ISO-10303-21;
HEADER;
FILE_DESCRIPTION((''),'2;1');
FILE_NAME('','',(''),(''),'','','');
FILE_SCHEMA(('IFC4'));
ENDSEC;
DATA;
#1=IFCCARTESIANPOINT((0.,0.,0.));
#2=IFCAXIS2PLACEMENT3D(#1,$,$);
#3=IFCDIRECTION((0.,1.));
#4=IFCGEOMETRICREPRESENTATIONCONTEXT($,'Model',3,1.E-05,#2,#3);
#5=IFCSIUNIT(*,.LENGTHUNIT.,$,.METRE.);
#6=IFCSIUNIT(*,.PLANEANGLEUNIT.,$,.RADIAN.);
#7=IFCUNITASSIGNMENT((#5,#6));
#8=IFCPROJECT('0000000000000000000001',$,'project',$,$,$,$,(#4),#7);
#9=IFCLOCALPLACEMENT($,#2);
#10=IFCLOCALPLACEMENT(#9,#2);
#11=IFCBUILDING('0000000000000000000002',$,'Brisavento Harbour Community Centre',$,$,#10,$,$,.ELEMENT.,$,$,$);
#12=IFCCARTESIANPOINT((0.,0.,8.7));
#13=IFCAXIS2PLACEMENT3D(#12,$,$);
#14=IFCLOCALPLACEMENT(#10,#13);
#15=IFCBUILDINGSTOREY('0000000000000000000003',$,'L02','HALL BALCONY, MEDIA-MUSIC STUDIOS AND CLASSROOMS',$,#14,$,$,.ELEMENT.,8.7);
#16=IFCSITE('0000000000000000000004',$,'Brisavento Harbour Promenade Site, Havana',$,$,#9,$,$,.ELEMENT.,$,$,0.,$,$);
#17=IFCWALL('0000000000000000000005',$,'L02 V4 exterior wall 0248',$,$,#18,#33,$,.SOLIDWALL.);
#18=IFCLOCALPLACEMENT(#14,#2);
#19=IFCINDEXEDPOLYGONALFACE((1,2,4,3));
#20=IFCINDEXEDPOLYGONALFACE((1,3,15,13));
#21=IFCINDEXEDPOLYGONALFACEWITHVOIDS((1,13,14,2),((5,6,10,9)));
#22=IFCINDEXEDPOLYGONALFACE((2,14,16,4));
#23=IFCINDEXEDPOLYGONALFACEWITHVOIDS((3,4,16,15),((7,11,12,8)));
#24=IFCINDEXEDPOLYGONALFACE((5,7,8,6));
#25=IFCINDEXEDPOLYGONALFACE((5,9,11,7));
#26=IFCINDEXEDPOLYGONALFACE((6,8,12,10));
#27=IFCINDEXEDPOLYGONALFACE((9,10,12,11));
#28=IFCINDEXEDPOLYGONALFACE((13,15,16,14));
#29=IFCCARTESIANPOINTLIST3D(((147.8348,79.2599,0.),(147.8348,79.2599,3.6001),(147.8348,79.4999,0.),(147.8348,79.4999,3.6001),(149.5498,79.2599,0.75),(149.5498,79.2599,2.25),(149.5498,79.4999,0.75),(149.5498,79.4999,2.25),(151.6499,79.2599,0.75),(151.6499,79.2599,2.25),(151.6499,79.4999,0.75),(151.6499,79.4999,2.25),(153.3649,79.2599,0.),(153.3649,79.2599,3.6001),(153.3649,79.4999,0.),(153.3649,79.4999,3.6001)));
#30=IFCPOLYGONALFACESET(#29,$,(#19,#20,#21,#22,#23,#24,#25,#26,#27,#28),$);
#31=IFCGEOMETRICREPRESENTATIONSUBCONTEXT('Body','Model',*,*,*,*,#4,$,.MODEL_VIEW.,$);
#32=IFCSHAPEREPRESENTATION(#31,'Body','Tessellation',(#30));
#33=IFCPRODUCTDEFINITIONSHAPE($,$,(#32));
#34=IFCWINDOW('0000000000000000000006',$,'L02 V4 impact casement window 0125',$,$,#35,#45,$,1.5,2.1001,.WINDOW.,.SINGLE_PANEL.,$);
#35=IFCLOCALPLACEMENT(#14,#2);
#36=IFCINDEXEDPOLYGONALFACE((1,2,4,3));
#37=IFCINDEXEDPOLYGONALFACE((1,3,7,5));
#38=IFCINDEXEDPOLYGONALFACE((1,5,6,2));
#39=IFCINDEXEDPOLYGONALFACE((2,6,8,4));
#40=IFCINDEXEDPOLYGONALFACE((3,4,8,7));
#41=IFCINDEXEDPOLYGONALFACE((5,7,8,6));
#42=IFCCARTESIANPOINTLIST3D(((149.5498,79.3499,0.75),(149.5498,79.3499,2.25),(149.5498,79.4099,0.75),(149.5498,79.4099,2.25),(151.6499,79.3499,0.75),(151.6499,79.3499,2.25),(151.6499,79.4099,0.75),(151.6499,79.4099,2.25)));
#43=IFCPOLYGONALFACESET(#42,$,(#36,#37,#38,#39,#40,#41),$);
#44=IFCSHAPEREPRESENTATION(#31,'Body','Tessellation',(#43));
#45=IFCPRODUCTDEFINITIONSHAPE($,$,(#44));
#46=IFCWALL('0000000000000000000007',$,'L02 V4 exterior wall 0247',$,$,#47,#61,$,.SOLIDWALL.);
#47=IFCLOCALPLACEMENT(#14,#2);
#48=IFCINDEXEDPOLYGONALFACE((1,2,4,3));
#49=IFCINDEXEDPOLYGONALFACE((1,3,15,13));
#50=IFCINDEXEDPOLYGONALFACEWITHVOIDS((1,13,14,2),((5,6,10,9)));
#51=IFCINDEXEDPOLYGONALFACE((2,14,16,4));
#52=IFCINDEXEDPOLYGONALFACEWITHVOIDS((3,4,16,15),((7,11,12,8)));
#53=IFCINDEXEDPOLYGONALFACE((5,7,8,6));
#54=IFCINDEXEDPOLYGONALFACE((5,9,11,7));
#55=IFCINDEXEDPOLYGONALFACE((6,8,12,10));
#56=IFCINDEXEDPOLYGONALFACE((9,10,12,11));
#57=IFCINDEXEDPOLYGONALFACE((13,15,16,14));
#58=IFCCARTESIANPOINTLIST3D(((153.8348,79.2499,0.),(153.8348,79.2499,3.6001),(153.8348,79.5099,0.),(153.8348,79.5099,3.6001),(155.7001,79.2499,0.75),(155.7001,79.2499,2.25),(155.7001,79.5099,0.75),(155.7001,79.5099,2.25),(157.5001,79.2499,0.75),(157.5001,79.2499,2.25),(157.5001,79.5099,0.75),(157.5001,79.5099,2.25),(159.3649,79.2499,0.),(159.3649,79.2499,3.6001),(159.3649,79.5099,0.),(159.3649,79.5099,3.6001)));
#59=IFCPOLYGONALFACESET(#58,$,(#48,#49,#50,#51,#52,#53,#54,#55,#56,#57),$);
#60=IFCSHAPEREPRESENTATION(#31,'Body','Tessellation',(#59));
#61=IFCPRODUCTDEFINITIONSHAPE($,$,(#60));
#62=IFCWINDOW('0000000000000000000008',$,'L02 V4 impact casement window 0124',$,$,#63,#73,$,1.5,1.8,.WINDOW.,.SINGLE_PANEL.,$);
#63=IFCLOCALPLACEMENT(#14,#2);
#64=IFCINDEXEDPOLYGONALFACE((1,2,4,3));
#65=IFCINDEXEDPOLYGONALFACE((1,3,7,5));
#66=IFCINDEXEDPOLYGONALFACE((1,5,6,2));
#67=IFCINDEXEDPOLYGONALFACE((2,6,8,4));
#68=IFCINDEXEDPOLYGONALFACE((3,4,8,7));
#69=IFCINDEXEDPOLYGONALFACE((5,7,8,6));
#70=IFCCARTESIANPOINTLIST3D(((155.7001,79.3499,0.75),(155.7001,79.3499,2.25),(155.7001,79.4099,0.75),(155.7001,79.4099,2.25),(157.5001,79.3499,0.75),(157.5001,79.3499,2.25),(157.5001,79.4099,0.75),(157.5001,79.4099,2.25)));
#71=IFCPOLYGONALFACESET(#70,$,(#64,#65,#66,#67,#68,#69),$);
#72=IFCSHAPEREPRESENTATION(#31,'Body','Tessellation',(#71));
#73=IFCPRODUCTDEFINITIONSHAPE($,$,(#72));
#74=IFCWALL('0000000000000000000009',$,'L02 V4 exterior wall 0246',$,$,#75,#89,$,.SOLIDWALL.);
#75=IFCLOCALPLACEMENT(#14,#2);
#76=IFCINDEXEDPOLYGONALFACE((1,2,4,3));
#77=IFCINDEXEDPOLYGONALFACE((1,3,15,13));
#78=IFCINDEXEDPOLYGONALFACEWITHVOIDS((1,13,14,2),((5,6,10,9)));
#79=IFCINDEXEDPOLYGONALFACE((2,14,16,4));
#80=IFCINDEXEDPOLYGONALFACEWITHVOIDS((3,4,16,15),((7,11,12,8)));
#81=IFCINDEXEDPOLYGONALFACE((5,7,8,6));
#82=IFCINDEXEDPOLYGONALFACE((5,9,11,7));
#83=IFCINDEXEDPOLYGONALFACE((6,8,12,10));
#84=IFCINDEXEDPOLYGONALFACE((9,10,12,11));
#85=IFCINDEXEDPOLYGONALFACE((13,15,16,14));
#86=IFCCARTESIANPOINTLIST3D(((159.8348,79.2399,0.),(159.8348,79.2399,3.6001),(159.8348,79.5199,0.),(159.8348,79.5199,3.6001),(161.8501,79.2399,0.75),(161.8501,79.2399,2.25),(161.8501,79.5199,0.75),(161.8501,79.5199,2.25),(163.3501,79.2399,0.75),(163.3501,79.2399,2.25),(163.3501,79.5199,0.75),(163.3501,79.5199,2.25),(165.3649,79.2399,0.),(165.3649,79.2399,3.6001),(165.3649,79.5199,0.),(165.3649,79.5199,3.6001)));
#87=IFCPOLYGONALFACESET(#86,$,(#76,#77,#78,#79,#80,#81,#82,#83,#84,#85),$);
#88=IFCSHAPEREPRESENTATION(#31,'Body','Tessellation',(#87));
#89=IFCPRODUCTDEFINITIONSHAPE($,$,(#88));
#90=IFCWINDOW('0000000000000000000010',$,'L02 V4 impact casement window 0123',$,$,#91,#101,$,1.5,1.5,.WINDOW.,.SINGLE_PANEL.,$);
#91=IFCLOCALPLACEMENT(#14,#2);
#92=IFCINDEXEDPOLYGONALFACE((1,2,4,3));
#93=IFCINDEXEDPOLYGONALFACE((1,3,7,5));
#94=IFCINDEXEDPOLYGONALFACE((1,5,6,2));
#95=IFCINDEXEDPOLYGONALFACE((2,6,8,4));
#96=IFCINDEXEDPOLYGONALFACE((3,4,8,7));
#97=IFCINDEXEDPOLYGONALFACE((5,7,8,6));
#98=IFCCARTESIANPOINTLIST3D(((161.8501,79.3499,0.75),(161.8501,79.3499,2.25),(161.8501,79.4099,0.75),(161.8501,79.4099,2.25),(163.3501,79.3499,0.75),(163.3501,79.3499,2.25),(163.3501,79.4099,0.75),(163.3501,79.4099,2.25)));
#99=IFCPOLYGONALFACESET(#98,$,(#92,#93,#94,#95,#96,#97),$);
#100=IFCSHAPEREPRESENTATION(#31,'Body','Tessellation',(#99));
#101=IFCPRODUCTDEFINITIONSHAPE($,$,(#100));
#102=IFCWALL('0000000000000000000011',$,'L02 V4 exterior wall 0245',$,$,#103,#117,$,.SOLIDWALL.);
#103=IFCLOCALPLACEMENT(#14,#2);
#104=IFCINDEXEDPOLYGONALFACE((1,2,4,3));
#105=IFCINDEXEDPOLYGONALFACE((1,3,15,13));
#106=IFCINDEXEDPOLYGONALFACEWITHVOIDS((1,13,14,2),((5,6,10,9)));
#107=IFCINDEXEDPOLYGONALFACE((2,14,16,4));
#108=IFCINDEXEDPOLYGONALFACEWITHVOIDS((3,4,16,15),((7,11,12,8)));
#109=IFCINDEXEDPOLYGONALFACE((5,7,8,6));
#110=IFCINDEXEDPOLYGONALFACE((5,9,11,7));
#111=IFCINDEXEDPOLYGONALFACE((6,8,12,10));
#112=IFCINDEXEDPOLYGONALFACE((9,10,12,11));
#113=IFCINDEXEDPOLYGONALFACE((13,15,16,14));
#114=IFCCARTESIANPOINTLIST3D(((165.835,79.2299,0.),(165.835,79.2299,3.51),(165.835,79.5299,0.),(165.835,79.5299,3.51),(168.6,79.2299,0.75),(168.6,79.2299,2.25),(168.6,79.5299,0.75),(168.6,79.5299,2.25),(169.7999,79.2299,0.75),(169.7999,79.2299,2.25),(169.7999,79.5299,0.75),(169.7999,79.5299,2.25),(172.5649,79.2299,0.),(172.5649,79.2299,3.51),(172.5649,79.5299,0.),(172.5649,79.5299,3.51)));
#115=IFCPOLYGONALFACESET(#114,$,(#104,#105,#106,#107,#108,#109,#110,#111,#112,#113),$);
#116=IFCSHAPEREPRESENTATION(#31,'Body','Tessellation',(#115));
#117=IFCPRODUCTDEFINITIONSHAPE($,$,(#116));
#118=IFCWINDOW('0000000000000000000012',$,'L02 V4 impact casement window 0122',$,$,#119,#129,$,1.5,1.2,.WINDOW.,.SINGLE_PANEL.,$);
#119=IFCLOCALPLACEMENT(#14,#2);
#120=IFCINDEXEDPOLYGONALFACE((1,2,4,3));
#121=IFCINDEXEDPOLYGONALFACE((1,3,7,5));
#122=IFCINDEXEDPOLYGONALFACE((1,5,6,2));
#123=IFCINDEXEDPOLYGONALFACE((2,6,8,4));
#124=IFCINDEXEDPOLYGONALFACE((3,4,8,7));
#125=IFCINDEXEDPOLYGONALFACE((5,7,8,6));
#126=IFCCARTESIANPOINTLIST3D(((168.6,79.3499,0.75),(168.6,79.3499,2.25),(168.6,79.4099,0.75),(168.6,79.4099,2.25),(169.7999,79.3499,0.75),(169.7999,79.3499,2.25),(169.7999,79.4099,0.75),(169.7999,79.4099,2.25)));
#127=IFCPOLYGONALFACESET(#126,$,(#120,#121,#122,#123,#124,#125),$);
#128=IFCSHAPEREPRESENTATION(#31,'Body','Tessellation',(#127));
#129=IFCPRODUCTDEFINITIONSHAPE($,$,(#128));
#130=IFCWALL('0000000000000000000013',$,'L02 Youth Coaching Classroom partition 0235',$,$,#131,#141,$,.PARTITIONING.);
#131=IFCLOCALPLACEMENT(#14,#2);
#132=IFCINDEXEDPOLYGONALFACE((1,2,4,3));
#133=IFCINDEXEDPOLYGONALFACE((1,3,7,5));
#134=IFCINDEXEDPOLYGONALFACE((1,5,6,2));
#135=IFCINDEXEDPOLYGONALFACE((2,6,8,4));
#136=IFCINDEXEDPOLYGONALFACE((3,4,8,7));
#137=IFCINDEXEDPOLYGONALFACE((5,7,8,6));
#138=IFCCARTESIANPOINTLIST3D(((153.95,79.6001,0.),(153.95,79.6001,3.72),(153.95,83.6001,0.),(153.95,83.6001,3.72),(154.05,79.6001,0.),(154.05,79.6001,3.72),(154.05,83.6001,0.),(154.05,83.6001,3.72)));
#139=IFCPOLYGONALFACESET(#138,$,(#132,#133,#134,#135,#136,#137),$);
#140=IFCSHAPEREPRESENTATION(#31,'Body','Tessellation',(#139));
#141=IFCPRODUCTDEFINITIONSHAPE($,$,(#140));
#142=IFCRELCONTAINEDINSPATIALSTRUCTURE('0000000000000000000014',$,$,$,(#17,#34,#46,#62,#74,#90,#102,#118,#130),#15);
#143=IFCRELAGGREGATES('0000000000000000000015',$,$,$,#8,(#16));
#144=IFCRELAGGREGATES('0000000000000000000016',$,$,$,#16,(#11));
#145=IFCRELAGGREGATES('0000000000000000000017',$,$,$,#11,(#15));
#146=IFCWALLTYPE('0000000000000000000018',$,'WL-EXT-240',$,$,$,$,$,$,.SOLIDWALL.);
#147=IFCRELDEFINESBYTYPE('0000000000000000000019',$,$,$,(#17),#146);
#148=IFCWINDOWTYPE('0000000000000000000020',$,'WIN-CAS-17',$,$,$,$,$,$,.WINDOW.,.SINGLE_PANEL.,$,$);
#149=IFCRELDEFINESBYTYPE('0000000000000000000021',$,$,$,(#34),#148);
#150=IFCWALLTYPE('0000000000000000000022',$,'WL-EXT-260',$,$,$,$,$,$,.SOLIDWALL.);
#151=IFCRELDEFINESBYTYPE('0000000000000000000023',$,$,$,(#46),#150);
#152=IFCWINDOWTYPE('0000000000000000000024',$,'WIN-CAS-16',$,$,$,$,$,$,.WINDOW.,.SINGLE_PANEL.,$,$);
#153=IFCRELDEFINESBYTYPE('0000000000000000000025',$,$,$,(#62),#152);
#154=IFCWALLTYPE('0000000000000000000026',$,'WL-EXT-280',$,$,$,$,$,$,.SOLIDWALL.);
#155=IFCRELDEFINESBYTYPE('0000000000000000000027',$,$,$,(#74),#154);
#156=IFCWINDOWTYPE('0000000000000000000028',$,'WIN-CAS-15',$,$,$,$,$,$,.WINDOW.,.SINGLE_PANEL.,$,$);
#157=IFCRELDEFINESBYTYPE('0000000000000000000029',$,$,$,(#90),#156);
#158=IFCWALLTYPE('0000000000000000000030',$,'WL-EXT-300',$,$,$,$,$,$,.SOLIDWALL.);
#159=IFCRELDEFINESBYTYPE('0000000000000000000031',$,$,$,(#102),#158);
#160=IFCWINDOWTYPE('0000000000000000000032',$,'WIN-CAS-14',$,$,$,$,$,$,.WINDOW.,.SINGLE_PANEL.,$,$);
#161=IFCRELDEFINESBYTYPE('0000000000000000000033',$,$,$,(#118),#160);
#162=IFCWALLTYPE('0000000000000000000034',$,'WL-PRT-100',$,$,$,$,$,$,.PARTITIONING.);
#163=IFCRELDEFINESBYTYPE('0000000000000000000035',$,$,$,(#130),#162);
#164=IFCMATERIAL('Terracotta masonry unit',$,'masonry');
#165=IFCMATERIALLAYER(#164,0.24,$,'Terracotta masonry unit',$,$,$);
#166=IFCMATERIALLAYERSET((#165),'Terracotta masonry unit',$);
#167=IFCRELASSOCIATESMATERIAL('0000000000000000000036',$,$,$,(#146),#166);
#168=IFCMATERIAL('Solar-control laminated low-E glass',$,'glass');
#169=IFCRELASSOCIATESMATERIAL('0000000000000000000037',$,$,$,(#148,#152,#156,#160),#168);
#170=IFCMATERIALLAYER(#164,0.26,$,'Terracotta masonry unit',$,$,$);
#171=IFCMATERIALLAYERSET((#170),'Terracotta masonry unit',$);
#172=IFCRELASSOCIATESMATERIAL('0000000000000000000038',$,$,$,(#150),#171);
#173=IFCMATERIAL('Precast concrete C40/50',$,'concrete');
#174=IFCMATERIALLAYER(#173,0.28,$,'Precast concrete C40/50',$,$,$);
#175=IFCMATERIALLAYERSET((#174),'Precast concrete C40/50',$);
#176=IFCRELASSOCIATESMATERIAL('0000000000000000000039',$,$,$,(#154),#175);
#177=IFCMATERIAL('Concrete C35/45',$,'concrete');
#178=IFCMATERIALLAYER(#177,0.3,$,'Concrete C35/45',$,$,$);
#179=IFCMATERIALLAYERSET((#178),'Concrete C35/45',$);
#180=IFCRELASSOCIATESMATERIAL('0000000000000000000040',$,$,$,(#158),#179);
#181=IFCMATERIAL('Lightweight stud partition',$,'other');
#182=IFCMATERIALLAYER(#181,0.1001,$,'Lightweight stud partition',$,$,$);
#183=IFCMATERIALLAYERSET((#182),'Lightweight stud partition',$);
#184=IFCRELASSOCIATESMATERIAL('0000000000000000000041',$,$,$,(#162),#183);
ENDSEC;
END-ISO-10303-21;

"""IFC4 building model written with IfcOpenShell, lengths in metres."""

from ifc_helpers import new_model, si_unit, direction, frame, frame_2d, origin, place, context, subcontext, project, spatial, rectangle, extrude, material, layer, layer_set, type_object, element, fill, save


model = new_model("IFC4")

# Units and contexts
model_context = context("Model", 3, precision=1e-05, world=origin(), true_north=direction((0.0, 1.0)))
body_context = subcontext(model_context, "Body", "Model", "MODEL_VIEW")
ifc_project = project(units=[si_unit("LENGTHUNIT", "METRE"), si_unit("PLANEANGLEUNIT", "RADIAN")], contexts=[model_context])

# Site, building, storey
site_placement = place(None, origin())
site = spatial("IfcSite", under=ifc_project, at=site_placement, Name="Brisavento Harbour Promenade Site, Havana", CompositionType="ELEMENT", RefElevation=0.0)
building_placement = place(site_placement, origin())
building = spatial("IfcBuilding", under=site, at=building_placement, Name="Brisavento Harbour Community Centre", CompositionType="ELEMENT")
storey_placement = place(building_placement, frame((0.0, 0.0, 8.7)))
storey = spatial("IfcBuildingStorey", under=building, at=storey_placement, Name="L02", Description="HALL BALCONY, MEDIA-MUSIC STUDIOS AND CLASSROOMS", CompositionType="ELEMENT", Elevation=8.7)

# Shared definitions
ifc_material_1 = material(Name="Concrete C35/45", Category="concrete")

# Walls, openings, windows
ifc_material_2 = material(Name="Terracotta masonry unit", Category="masonry")
ifc_layer_1 = layer(ifc_material_2, 0.24, Name="Terracotta masonry unit")
ifc_layer_set_1 = layer_set([ifc_layer_1], Name="Terracotta masonry unit")
wall_type_1 = type_object("IfcWallType", Name="WL-EXT-240", PredefinedType="SOLIDWALL", material=ifc_layer_set_1)
wall_1_placement = place(storey_placement, frame((153.365, 79.3799, 0.0), z_axis=(0.0, 0.0, 1.0), x_axis=(-1.0, 0.0, 0.0)))
wall_1 = element("IfcWall", 1, at=wall_1_placement, inside=storey, type_object=wall_type_1, Name="L02 V4 exterior wall 0248", PredefinedType="SOLIDWALL", context=body_context, shape_type="SweptSolid", body=[
    extrude(rectangle(XDim=5.53, YDim=0.24, at=frame_2d((2.7651, 0.0))), origin(), (0.0, 0.0, 1.0), 3.6001),
])
opening_1_placement = place(wall_1_placement, frame((1.7151, 0.0, 0.75)))
opening_1 = element("IfcOpeningElement", 2, at=opening_1_placement, cuts=wall_1, PredefinedType="OPENING", context=body_context, shape_type="SweptSolid", body=[
    extrude(rectangle(XDim=2.1001, YDim=1.5, at=frame_2d((1.05, 0.75))), frame((0.0, 0.1299, 0.0), z_axis=(0.0, -1.0, 0.0), x_axis=(1.0, 0.0, 0.0)), (0.0, 0.0, 1.0), 0.26),
])
ifc_material_3 = material(Name="Solar-control laminated low-E glass", Category="glass")
window_type_1 = type_object("IfcWindowType", Name="WIN-CAS-17", PartitioningType="SINGLE_PANEL", PredefinedType="WINDOW", material=ifc_material_3)
window_1_placement = place(opening_1_placement, origin())
window_1 = element("IfcWindow", 3, at=window_1_placement, inside=storey, type_object=window_type_1, Name="L02 V4 impact casement window 0125", OverallHeight=1.5, OverallWidth=2.1001, PartitioningType="SINGLE_PANEL", PredefinedType="WINDOW", context=body_context, shape_type="SweptSolid", body=[
    extrude(rectangle(XDim=2.1001, YDim=1.5, at=frame_2d((1.05, 0.75))), frame((0.0, 0.03, 0.0), z_axis=(0.0, -1.0, 0.0), x_axis=(1.0, 0.0, 0.0)), (0.0, 0.0, 1.0), 0.0601),
])
fill(opening_1, window_1)
ifc_layer_2 = layer(ifc_material_2, 0.26, Name="Terracotta masonry unit")
ifc_layer_set_2 = layer_set([ifc_layer_2], Name="Terracotta masonry unit")
wall_type_2 = type_object("IfcWallType", Name="WL-EXT-260", PredefinedType="SOLIDWALL", material=ifc_layer_set_2)
wall_2_placement = place(storey_placement, frame((159.365, 79.3799, 0.0), z_axis=(0.0, 0.0, 1.0), x_axis=(-1.0, 0.0, 0.0)))
wall_2 = element("IfcWall", 4, at=wall_2_placement, inside=storey, type_object=wall_type_2, Name="L02 V4 exterior wall 0247", PredefinedType="SOLIDWALL", context=body_context, shape_type="SweptSolid", body=[
    extrude(rectangle(XDim=5.53, YDim=0.26, at=frame_2d((2.7651, 0.0))), origin(), (0.0, 0.0, 1.0), 3.6001),
])
opening_2_placement = place(wall_2_placement, frame((1.865, 0.0, 0.75)))
opening_2 = element("IfcOpeningElement", 5, at=opening_2_placement, cuts=wall_2, PredefinedType="OPENING", context=body_context, shape_type="SweptSolid", body=[
    extrude(rectangle(XDim=1.8, YDim=1.5, at=frame_2d((0.8999, 0.75))), frame((0.0, 0.1401, 0.0), z_axis=(0.0, -1.0, 0.0), x_axis=(1.0, 0.0, 0.0)), (0.0, 0.0, 1.0), 0.28),
])
window_type_2 = type_object("IfcWindowType", Name="WIN-CAS-16", PartitioningType="SINGLE_PANEL", PredefinedType="WINDOW", material=ifc_material_3)
window_2_placement = place(opening_2_placement, origin())
window_2 = element("IfcWindow", 6, at=window_2_placement, inside=storey, type_object=window_type_2, Name="L02 V4 impact casement window 0124", OverallHeight=1.5, OverallWidth=1.8, PartitioningType="SINGLE_PANEL", PredefinedType="WINDOW", context=body_context, shape_type="SweptSolid", body=[
    extrude(rectangle(XDim=1.8, YDim=1.5, at=frame_2d((0.8999, 0.75))), frame((0.0, 0.03, 0.0), z_axis=(0.0, -1.0, 0.0), x_axis=(1.0, 0.0, 0.0)), (0.0, 0.0, 1.0), 0.0601),
])
fill(opening_2, window_2)
ifc_material_4 = material(Name="Precast concrete C40/50", Category="concrete")
ifc_layer_3 = layer(ifc_material_4, 0.28, Name="Precast concrete C40/50")
ifc_layer_set_3 = layer_set([ifc_layer_3], Name="Precast concrete C40/50")
wall_type_3 = type_object("IfcWallType", Name="WL-EXT-280", PredefinedType="SOLIDWALL", material=ifc_layer_set_3)
wall_3_placement = place(storey_placement, frame((165.365, 79.3799, 0.0), z_axis=(0.0, 0.0, 1.0), x_axis=(-1.0, 0.0, 0.0)))
wall_3 = element("IfcWall", 7, at=wall_3_placement, inside=storey, type_object=wall_type_3, Name="L02 V4 exterior wall 0246", PredefinedType="SOLIDWALL", context=body_context, shape_type="SweptSolid", body=[
    extrude(rectangle(XDim=5.53, YDim=0.28, at=frame_2d((2.7651, 0.0))), origin(), (0.0, 0.0, 1.0), 3.6001),
])
opening_3_placement = place(wall_3_placement, frame((2.0149, 0.0, 0.75)))
opening_3 = element("IfcOpeningElement", 8, at=opening_3_placement, cuts=wall_3, PredefinedType="OPENING", context=body_context, shape_type="SweptSolid", body=[
    extrude(rectangle(XDim=1.5, YDim=1.5, at=frame_2d((0.75, 0.75))), frame((0.0, 0.1499, 0.0), z_axis=(0.0, -1.0, 0.0), x_axis=(1.0, 0.0, 0.0)), (0.0, 0.0, 1.0), 0.3),
])
window_type_3 = type_object("IfcWindowType", Name="WIN-CAS-15", PartitioningType="SINGLE_PANEL", PredefinedType="WINDOW", material=ifc_material_3)
window_3_placement = place(opening_3_placement, origin())
window_3 = element("IfcWindow", 9, at=window_3_placement, inside=storey, type_object=window_type_3, Name="L02 V4 impact casement window 0123", OverallHeight=1.5, OverallWidth=1.5, PartitioningType="SINGLE_PANEL", PredefinedType="WINDOW", context=body_context, shape_type="SweptSolid", body=[
    extrude(rectangle(XDim=1.5, YDim=1.5, at=frame_2d((0.75, 0.75))), frame((0.0, 0.03, 0.0), z_axis=(0.0, -1.0, 0.0), x_axis=(1.0, 0.0, 0.0)), (0.0, 0.0, 1.0), 0.0601),
])
fill(opening_3, window_3)
ifc_layer_4 = layer(ifc_material_1, 0.3, Name="Concrete C35/45")
ifc_layer_set_4 = layer_set([ifc_layer_4], Name="Concrete C35/45")
wall_type_4 = type_object("IfcWallType", Name="WL-EXT-300", PredefinedType="SOLIDWALL", material=ifc_layer_set_4)
wall_4_placement = place(storey_placement, frame((172.5649, 79.3799, 0.0), z_axis=(0.0, 0.0, 1.0), x_axis=(-1.0, 0.0, 0.0)))
wall_4 = element("IfcWall", 10, at=wall_4_placement, inside=storey, type_object=wall_type_4, Name="L02 V4 exterior wall 0245", PredefinedType="SOLIDWALL", context=body_context, shape_type="SweptSolid", body=[
    extrude(rectangle(XDim=6.73, YDim=0.3, at=frame_2d((3.365, 0.0))), origin(), (0.0, 0.0, 1.0), 3.51),
])
opening_4_placement = place(wall_4_placement, frame((2.7649, 0.0, 0.75)))
opening_4 = element("IfcOpeningElement", 11, at=opening_4_placement, cuts=wall_4, PredefinedType="OPENING", context=body_context, shape_type="SweptSolid", body=[
    extrude(rectangle(XDim=1.2, YDim=1.5, at=frame_2d((0.6001, 0.75))), frame((0.0, 0.1602, 0.0), z_axis=(0.0, -1.0, 0.0), x_axis=(1.0, 0.0, 0.0)), (0.0, 0.0, 1.0), 0.3201),
])
window_type_4 = type_object("IfcWindowType", Name="WIN-CAS-14", PartitioningType="SINGLE_PANEL", PredefinedType="WINDOW", material=ifc_material_3)
window_4_placement = place(opening_4_placement, origin())
window_4 = element("IfcWindow", 12, at=window_4_placement, inside=storey, type_object=window_type_4, Name="L02 V4 impact casement window 0122", OverallHeight=1.5, OverallWidth=1.2, PartitioningType="SINGLE_PANEL", PredefinedType="WINDOW", context=body_context, shape_type="SweptSolid", body=[
    extrude(rectangle(XDim=1.2, YDim=1.5, at=frame_2d((0.6001, 0.75))), frame((0.0, 0.03, 0.0), z_axis=(0.0, -1.0, 0.0), x_axis=(1.0, 0.0, 0.0)), (0.0, 0.0, 1.0), 0.0601),
])
fill(opening_4, window_4)

# Wall
ifc_material_5 = material(Name="Lightweight stud partition", Category="other")
ifc_layer_5 = layer(ifc_material_5, 0.1001, Name="Lightweight stud partition")
ifc_layer_set_5 = layer_set([ifc_layer_5], Name="Lightweight stud partition")
wall_type_5 = type_object("IfcWallType", Name="WL-PRT-100", PredefinedType="PARTITIONING", material=ifc_layer_set_5)
wall_5_placement = place(storey_placement, frame((154.0, 79.6001, 0.0), z_axis=(0.0, 0.0, 1.0), x_axis=(0.0, 1.0, 0.0)))
element("IfcWall", 13, at=wall_5_placement, inside=storey, type_object=wall_type_5, Name="L02 Youth Coaching Classroom partition 0235", PredefinedType="PARTITIONING", context=body_context, shape_type="SweptSolid", body=[
    extrude(rectangle(XDim=4.0, YDim=0.1001, at=frame_2d((2.0, 0.0))), origin(), (0.0, 0.0, 1.0), 3.72),
])

save(model, "model.ifc")
